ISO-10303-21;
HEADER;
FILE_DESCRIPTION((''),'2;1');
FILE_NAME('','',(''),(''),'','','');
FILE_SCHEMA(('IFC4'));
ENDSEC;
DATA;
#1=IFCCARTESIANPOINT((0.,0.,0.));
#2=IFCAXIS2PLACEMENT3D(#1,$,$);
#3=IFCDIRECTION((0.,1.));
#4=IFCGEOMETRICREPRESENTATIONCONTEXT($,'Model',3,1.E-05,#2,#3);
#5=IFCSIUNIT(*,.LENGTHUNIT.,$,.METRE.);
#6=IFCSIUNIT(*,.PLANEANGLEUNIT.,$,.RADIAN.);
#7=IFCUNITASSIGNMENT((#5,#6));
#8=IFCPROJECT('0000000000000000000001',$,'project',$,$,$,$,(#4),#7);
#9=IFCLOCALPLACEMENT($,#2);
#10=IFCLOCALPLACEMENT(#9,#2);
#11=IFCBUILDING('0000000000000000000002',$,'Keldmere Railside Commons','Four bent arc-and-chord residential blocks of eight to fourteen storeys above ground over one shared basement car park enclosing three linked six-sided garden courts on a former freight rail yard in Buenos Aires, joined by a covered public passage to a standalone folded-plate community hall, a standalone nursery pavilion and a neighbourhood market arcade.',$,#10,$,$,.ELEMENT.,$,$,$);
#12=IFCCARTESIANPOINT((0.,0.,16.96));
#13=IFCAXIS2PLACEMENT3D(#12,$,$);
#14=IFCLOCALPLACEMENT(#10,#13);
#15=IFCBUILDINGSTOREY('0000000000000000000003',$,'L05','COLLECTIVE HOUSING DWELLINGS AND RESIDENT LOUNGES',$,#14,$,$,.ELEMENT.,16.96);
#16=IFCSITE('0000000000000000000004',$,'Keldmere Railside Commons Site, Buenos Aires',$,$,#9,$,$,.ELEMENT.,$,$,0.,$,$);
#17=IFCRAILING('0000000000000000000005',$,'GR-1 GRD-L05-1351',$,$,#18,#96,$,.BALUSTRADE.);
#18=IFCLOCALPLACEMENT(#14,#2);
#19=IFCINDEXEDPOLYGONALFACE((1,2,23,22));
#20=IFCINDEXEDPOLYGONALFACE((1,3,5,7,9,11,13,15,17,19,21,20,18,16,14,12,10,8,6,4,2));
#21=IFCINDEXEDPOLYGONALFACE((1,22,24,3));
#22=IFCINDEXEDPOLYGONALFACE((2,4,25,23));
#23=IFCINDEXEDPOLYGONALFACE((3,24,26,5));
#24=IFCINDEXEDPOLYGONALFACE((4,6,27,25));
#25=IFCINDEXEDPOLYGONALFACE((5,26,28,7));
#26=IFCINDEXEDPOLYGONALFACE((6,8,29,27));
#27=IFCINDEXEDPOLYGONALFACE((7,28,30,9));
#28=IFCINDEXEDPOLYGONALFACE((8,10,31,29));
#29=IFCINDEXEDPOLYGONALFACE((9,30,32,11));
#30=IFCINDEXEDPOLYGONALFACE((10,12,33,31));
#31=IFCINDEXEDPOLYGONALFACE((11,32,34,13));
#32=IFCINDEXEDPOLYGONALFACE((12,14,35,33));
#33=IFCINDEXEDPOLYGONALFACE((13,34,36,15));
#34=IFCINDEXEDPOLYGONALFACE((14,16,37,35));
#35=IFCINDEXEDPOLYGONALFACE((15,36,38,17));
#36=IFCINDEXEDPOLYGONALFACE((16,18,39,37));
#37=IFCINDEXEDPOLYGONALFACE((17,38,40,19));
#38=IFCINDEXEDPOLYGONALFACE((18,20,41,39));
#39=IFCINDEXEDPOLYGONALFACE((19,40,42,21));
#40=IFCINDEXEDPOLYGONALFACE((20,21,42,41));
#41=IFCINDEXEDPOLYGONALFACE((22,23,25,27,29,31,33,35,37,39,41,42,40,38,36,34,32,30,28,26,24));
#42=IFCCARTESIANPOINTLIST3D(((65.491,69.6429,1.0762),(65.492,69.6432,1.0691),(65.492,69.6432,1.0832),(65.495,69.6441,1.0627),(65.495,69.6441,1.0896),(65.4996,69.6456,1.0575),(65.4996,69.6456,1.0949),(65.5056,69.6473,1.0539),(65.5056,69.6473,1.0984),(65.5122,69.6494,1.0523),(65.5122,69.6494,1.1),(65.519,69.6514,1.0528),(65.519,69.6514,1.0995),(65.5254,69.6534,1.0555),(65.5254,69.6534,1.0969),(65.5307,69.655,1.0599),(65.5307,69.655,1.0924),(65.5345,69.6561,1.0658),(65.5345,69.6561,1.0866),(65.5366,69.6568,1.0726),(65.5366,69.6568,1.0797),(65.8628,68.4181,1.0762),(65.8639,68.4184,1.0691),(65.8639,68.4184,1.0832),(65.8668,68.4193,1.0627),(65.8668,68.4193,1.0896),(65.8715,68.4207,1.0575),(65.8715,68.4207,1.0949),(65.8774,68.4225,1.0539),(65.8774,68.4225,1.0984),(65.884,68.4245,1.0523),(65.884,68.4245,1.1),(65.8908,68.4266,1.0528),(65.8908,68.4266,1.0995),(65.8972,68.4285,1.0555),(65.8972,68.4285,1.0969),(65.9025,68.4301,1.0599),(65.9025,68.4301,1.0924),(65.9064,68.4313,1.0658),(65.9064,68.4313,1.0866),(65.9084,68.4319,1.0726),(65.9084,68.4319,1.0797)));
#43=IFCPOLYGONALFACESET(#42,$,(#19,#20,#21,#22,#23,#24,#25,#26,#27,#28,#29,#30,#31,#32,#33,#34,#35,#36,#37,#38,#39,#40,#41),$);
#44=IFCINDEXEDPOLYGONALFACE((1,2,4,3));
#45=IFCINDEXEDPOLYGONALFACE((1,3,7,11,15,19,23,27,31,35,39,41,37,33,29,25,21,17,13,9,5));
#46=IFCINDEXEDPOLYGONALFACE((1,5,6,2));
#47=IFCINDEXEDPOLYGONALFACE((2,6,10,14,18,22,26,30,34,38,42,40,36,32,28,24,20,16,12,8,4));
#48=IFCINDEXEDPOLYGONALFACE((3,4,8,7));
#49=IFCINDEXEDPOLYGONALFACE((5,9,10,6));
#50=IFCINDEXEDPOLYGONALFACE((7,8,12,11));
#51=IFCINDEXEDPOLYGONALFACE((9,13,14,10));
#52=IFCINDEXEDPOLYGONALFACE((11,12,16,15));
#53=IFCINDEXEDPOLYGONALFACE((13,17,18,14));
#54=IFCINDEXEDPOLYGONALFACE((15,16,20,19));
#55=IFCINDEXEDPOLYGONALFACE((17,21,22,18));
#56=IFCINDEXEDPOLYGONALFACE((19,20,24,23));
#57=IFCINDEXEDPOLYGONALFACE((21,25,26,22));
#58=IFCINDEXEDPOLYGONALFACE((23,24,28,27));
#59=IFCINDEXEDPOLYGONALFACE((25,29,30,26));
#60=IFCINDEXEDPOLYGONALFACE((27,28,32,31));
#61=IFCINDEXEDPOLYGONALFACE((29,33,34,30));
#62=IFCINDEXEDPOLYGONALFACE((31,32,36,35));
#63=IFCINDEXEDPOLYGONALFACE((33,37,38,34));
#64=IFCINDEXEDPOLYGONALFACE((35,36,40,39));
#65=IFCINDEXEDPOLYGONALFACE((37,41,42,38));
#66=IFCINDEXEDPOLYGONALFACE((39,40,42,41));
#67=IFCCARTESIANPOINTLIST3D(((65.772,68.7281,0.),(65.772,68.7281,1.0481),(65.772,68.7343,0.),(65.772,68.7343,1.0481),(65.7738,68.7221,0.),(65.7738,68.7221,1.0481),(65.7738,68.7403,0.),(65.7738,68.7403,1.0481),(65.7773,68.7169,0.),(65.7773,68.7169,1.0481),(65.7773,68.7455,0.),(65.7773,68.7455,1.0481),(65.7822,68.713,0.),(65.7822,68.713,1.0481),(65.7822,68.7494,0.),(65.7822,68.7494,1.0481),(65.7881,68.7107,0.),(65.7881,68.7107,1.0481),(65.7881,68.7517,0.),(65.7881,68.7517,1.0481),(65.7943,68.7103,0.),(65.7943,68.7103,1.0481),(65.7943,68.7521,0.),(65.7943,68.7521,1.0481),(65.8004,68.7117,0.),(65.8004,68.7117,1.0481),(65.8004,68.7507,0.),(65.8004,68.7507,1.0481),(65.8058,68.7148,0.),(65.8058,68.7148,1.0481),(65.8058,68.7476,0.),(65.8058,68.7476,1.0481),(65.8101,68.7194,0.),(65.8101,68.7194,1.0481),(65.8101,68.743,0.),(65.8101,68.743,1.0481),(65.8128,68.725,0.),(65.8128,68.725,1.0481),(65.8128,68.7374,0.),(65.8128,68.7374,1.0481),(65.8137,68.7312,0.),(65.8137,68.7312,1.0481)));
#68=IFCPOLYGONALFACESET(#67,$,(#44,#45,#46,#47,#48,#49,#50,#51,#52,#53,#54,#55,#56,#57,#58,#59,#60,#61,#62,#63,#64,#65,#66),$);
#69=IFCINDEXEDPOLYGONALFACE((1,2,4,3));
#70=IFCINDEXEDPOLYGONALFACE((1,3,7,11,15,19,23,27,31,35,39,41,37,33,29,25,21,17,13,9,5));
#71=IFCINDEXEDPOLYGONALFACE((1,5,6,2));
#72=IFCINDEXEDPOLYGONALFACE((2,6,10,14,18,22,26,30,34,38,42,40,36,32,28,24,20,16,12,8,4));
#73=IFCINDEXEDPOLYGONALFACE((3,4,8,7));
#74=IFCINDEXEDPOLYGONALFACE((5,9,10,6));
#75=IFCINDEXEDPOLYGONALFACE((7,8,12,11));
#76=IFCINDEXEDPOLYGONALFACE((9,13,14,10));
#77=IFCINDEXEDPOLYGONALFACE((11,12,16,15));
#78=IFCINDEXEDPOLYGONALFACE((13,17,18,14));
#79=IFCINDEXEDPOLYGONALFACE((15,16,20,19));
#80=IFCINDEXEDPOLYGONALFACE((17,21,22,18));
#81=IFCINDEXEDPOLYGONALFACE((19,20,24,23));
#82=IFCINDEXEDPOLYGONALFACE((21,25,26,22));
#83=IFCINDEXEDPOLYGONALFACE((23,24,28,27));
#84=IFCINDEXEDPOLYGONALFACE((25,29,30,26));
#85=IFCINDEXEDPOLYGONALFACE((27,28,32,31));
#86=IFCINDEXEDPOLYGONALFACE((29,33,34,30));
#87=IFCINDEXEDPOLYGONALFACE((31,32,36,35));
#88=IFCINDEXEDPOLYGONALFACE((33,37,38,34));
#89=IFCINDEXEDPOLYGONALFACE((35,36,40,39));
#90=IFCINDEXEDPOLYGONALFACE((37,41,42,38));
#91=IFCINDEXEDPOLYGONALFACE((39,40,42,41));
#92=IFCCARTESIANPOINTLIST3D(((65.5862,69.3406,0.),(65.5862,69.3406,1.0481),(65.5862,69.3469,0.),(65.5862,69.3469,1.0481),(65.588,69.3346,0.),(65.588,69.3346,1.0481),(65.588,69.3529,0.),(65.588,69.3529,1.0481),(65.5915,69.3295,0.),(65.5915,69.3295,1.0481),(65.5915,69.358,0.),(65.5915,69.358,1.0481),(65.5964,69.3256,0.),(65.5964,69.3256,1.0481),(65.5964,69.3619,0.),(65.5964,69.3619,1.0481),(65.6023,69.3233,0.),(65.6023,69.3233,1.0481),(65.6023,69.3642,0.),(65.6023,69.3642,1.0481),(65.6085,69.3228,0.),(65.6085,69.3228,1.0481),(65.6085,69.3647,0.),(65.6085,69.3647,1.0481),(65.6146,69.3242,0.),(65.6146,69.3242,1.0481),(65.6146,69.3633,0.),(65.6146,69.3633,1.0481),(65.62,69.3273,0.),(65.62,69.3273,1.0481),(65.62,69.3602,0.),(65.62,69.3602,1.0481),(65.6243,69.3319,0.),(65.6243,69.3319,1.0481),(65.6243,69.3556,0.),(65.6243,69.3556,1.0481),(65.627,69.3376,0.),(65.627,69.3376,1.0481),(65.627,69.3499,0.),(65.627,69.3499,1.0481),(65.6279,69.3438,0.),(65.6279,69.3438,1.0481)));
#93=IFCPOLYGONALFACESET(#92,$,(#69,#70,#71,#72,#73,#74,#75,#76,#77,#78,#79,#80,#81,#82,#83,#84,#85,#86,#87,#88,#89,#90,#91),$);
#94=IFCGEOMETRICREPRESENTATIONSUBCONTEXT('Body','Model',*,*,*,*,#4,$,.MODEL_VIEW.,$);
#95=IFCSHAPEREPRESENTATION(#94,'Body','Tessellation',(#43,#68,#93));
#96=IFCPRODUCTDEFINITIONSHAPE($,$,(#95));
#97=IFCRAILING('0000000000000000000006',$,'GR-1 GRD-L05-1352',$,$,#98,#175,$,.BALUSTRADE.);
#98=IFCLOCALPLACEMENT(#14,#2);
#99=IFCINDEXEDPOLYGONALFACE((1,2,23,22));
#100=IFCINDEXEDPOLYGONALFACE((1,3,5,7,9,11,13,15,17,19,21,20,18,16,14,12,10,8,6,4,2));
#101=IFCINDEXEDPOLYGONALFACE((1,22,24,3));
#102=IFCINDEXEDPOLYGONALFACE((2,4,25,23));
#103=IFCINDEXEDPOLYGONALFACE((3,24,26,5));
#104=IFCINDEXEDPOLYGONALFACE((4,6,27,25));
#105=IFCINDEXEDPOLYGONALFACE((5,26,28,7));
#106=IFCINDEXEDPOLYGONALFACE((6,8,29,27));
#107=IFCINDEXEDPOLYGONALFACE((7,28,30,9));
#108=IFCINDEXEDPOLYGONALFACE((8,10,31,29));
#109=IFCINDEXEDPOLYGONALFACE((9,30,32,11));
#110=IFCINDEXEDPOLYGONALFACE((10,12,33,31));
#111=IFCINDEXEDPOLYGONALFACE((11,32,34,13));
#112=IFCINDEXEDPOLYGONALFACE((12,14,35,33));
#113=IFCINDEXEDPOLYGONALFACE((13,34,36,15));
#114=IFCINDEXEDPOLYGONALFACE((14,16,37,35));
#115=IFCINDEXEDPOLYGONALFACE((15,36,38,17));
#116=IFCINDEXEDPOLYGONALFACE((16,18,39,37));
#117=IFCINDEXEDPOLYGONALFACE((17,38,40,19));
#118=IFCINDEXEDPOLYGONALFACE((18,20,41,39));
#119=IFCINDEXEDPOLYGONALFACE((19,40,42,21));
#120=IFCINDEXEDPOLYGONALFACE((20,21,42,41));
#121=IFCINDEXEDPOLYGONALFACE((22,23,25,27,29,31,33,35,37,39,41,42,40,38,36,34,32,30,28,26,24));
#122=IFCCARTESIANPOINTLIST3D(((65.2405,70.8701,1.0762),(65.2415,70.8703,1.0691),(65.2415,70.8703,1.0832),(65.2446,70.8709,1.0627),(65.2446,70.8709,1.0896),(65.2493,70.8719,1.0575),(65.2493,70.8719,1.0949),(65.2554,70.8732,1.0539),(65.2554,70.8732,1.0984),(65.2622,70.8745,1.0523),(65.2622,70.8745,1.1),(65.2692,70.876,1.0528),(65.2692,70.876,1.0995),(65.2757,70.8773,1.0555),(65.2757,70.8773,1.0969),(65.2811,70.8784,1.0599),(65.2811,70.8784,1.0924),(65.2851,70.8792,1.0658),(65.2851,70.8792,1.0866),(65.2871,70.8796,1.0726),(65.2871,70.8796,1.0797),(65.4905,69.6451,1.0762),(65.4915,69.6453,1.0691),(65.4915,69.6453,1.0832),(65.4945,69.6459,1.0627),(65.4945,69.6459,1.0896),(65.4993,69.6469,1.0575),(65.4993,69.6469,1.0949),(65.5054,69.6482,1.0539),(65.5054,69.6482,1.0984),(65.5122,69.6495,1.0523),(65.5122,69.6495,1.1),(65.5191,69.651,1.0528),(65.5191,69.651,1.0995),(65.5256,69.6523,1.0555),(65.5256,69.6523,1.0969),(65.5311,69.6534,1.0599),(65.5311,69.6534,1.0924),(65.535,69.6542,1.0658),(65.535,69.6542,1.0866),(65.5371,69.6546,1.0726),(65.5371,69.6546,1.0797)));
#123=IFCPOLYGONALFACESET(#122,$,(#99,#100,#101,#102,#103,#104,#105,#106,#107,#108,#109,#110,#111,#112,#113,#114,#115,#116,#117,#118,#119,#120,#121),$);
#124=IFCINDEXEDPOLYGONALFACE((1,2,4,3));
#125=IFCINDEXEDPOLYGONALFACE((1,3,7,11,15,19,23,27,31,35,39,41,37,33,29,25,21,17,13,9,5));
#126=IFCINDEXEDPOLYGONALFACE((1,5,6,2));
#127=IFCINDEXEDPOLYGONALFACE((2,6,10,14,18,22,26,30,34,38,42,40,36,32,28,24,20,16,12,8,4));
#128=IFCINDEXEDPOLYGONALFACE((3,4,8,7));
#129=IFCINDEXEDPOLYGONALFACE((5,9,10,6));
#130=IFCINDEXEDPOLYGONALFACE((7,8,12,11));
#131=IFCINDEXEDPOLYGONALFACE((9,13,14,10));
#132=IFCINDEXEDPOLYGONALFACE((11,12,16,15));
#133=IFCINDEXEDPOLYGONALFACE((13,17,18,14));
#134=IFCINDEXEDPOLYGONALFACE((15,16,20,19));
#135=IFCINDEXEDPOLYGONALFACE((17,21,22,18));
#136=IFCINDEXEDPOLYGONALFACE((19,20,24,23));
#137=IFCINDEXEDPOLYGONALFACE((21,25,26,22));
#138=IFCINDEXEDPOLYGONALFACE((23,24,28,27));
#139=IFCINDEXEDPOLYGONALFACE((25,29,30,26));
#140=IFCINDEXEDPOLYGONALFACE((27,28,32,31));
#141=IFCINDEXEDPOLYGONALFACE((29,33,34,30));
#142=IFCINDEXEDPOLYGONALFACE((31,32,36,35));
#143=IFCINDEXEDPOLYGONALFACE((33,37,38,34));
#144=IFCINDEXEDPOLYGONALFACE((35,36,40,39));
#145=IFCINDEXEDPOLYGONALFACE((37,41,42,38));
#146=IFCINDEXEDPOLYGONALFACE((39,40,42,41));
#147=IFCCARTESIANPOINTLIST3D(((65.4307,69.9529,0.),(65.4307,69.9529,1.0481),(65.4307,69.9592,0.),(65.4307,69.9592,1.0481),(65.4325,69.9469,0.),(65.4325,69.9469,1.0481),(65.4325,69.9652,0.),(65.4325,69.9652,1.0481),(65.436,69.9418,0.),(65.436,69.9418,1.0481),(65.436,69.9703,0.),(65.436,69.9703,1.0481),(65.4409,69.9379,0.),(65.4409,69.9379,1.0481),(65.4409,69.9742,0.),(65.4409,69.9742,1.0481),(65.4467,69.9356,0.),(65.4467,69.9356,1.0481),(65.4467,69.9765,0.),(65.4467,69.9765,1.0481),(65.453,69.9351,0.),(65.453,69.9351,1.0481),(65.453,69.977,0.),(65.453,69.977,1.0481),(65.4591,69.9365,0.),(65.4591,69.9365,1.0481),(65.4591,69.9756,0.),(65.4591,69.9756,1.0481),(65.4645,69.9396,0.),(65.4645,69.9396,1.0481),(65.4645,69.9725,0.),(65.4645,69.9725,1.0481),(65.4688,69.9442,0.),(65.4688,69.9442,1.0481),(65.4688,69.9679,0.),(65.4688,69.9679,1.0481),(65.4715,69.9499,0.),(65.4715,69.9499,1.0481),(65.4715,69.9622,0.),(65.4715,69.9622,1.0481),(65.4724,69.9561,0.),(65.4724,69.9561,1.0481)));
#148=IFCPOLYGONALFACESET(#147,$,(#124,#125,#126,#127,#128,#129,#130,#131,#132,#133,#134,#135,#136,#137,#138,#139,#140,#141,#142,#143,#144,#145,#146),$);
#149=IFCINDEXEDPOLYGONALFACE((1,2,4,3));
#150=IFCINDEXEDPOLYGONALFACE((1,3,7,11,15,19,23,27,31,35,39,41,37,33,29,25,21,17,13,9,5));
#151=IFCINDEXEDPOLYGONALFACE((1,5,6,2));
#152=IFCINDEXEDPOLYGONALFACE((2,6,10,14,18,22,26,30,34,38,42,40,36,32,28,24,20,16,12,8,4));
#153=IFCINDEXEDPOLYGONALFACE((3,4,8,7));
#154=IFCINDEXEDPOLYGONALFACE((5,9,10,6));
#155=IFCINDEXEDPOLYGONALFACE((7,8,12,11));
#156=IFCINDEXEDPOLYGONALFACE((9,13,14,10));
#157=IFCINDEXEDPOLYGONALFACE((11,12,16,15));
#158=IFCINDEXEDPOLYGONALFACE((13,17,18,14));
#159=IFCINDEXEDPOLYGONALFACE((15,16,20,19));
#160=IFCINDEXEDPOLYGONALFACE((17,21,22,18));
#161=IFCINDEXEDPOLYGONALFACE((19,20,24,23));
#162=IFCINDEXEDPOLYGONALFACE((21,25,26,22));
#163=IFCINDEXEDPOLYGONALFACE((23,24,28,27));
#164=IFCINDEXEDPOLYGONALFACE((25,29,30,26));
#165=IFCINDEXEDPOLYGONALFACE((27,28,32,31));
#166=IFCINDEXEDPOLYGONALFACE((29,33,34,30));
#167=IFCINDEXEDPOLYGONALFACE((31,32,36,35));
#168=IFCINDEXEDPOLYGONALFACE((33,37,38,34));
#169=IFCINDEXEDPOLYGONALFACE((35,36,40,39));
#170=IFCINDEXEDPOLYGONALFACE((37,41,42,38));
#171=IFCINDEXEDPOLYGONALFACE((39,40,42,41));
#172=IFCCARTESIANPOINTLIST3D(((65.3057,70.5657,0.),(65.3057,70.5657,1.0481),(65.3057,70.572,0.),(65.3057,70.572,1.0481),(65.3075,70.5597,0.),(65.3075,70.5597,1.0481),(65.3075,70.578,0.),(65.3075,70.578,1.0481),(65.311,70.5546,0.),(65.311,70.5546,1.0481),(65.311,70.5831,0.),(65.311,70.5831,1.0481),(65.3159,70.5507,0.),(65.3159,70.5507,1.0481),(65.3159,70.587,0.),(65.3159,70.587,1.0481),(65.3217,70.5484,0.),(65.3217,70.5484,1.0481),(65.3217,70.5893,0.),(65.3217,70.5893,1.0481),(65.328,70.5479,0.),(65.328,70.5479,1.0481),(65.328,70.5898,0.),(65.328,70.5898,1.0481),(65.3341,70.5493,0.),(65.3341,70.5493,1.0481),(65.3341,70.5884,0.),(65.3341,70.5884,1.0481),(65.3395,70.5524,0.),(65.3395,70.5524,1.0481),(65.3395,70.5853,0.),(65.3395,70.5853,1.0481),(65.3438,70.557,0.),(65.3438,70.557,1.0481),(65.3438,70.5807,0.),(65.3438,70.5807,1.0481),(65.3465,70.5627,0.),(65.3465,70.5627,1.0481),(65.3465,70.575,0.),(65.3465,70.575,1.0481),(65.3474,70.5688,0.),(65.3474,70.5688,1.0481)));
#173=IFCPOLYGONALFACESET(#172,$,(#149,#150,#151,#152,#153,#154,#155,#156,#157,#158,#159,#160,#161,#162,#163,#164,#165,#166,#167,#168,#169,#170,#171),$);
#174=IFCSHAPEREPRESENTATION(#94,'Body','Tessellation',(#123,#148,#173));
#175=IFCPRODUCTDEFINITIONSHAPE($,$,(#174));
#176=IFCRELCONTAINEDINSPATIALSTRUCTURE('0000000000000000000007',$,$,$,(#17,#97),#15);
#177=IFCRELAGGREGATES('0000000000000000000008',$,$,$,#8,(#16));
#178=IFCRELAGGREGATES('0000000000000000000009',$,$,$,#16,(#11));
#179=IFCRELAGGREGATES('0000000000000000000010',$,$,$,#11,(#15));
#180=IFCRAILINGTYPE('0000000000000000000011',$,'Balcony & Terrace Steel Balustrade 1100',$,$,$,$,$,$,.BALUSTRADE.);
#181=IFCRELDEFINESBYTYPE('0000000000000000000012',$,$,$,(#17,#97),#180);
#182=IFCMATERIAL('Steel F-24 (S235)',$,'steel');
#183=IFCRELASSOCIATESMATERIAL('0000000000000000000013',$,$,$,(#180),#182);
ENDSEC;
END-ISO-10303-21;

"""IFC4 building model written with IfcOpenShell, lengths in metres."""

from ifc_helpers import new_model, si_unit, direction, frame, origin, origin_2d, place, context, subcontext, project, spatial, circle, extrude, material, type_object, element, save


model = new_model("IFC4")

# Units and contexts
model_context = context("Model", 3, precision=1e-05, world=origin(), true_north=direction((0.0, 1.0)))
body_context = subcontext(model_context, "Body", "Model", "MODEL_VIEW")
ifc_project = project(units=[si_unit("LENGTHUNIT", "METRE"), si_unit("PLANEANGLEUNIT", "RADIAN")], contexts=[model_context])

# Site, building, storey
site_placement = place(None, origin())
site = spatial("IfcSite", under=ifc_project, at=site_placement, Name="Keldmere Railside Commons Site, Buenos Aires", CompositionType="ELEMENT", RefElevation=0.0)
building_placement = place(site_placement, origin())
building = spatial("IfcBuilding", under=site, at=building_placement, Name="Keldmere Railside Commons", Description="Four bent arc-and-chord residential blocks of eight to fourteen storeys above ground over one shared basement car park enclosing three linked six-sided garden courts on a former freight rail yard in Buenos Aires, joined by a covered public passage to a standalone folded-plate community hall, a standalone nursery pavilion and a neighbourhood market arcade.", CompositionType="ELEMENT")
storey_placement = place(building_placement, frame((0.0, 0.0, 16.96)))
storey = spatial("IfcBuildingStorey", under=building, at=storey_placement, Name="L05", Description="COLLECTIVE HOUSING DWELLINGS AND RESIDENT LOUNGES", CompositionType="ELEMENT", Elevation=16.96)

# Railings
ifc_material_1 = material(Name="Steel F-24 (S235)", Category="steel")
railing_type_1 = type_object("IfcRailingType", Name="Balcony & Terrace Steel Balustrade 1100", PredefinedType="BALUSTRADE", material=ifc_material_1)
railing_1_placement = place(storey_placement, frame((65.8857, 68.425, 0.0)))
element("IfcRailing", 1, at=railing_1_placement, inside=storey, type_object=railing_type_1, Name="GR-1 GRD-L05-1351", PredefinedType="BALUSTRADE", context=body_context, shape_type="SweptSolid", body=[
    extrude(circle(Radius=0.0239, at=origin_2d()), frame((0.0, 0.0, 1.0762), z_axis=(-0.290478, 0.956882, 0.0), x_axis=(-0.956882, -0.290478, 0.0)), (0.0, 0.0, 1.0), 1.28),
    extrude(circle(Radius=0.021, at=origin_2d()), frame((-0.093, 0.3062, 0.0)), (0.0, 0.0, 1.0), 1.0481),
    extrude(circle(Radius=0.021, at=origin_2d()), frame((-0.2788, 0.9187, 0.0)), (0.0, 0.0, 1.0), 1.0481),
])
railing_2_placement = place(storey_placement, frame((65.5139, 69.6499, 0.0)))
element("IfcRailing", 2, at=railing_2_placement, inside=storey, type_object=railing_type_1, Name="GR-1 GRD-L05-1352", PredefinedType="BALUSTRADE", context=body_context, shape_type="SweptSolid", body=[
    extrude(circle(Radius=0.0239, at=origin_2d()), frame((0.0, 0.0, 1.0762), z_axis=(-0.199945, 0.979807, 0.0), x_axis=(-0.979807, -0.199945, 0.0)), (0.0, 0.0, 1.0), 1.2502),
    extrude(circle(Radius=0.021, at=origin_2d()), frame((-0.0625, 0.3062, 0.0)), (0.0, 0.0, 1.0), 1.0481),
    extrude(circle(Radius=0.021, at=origin_2d()), frame((-0.1875, 0.9189, 0.0)), (0.0, 0.0, 1.0), 1.0481),
])

save(model, "model.ifc")
